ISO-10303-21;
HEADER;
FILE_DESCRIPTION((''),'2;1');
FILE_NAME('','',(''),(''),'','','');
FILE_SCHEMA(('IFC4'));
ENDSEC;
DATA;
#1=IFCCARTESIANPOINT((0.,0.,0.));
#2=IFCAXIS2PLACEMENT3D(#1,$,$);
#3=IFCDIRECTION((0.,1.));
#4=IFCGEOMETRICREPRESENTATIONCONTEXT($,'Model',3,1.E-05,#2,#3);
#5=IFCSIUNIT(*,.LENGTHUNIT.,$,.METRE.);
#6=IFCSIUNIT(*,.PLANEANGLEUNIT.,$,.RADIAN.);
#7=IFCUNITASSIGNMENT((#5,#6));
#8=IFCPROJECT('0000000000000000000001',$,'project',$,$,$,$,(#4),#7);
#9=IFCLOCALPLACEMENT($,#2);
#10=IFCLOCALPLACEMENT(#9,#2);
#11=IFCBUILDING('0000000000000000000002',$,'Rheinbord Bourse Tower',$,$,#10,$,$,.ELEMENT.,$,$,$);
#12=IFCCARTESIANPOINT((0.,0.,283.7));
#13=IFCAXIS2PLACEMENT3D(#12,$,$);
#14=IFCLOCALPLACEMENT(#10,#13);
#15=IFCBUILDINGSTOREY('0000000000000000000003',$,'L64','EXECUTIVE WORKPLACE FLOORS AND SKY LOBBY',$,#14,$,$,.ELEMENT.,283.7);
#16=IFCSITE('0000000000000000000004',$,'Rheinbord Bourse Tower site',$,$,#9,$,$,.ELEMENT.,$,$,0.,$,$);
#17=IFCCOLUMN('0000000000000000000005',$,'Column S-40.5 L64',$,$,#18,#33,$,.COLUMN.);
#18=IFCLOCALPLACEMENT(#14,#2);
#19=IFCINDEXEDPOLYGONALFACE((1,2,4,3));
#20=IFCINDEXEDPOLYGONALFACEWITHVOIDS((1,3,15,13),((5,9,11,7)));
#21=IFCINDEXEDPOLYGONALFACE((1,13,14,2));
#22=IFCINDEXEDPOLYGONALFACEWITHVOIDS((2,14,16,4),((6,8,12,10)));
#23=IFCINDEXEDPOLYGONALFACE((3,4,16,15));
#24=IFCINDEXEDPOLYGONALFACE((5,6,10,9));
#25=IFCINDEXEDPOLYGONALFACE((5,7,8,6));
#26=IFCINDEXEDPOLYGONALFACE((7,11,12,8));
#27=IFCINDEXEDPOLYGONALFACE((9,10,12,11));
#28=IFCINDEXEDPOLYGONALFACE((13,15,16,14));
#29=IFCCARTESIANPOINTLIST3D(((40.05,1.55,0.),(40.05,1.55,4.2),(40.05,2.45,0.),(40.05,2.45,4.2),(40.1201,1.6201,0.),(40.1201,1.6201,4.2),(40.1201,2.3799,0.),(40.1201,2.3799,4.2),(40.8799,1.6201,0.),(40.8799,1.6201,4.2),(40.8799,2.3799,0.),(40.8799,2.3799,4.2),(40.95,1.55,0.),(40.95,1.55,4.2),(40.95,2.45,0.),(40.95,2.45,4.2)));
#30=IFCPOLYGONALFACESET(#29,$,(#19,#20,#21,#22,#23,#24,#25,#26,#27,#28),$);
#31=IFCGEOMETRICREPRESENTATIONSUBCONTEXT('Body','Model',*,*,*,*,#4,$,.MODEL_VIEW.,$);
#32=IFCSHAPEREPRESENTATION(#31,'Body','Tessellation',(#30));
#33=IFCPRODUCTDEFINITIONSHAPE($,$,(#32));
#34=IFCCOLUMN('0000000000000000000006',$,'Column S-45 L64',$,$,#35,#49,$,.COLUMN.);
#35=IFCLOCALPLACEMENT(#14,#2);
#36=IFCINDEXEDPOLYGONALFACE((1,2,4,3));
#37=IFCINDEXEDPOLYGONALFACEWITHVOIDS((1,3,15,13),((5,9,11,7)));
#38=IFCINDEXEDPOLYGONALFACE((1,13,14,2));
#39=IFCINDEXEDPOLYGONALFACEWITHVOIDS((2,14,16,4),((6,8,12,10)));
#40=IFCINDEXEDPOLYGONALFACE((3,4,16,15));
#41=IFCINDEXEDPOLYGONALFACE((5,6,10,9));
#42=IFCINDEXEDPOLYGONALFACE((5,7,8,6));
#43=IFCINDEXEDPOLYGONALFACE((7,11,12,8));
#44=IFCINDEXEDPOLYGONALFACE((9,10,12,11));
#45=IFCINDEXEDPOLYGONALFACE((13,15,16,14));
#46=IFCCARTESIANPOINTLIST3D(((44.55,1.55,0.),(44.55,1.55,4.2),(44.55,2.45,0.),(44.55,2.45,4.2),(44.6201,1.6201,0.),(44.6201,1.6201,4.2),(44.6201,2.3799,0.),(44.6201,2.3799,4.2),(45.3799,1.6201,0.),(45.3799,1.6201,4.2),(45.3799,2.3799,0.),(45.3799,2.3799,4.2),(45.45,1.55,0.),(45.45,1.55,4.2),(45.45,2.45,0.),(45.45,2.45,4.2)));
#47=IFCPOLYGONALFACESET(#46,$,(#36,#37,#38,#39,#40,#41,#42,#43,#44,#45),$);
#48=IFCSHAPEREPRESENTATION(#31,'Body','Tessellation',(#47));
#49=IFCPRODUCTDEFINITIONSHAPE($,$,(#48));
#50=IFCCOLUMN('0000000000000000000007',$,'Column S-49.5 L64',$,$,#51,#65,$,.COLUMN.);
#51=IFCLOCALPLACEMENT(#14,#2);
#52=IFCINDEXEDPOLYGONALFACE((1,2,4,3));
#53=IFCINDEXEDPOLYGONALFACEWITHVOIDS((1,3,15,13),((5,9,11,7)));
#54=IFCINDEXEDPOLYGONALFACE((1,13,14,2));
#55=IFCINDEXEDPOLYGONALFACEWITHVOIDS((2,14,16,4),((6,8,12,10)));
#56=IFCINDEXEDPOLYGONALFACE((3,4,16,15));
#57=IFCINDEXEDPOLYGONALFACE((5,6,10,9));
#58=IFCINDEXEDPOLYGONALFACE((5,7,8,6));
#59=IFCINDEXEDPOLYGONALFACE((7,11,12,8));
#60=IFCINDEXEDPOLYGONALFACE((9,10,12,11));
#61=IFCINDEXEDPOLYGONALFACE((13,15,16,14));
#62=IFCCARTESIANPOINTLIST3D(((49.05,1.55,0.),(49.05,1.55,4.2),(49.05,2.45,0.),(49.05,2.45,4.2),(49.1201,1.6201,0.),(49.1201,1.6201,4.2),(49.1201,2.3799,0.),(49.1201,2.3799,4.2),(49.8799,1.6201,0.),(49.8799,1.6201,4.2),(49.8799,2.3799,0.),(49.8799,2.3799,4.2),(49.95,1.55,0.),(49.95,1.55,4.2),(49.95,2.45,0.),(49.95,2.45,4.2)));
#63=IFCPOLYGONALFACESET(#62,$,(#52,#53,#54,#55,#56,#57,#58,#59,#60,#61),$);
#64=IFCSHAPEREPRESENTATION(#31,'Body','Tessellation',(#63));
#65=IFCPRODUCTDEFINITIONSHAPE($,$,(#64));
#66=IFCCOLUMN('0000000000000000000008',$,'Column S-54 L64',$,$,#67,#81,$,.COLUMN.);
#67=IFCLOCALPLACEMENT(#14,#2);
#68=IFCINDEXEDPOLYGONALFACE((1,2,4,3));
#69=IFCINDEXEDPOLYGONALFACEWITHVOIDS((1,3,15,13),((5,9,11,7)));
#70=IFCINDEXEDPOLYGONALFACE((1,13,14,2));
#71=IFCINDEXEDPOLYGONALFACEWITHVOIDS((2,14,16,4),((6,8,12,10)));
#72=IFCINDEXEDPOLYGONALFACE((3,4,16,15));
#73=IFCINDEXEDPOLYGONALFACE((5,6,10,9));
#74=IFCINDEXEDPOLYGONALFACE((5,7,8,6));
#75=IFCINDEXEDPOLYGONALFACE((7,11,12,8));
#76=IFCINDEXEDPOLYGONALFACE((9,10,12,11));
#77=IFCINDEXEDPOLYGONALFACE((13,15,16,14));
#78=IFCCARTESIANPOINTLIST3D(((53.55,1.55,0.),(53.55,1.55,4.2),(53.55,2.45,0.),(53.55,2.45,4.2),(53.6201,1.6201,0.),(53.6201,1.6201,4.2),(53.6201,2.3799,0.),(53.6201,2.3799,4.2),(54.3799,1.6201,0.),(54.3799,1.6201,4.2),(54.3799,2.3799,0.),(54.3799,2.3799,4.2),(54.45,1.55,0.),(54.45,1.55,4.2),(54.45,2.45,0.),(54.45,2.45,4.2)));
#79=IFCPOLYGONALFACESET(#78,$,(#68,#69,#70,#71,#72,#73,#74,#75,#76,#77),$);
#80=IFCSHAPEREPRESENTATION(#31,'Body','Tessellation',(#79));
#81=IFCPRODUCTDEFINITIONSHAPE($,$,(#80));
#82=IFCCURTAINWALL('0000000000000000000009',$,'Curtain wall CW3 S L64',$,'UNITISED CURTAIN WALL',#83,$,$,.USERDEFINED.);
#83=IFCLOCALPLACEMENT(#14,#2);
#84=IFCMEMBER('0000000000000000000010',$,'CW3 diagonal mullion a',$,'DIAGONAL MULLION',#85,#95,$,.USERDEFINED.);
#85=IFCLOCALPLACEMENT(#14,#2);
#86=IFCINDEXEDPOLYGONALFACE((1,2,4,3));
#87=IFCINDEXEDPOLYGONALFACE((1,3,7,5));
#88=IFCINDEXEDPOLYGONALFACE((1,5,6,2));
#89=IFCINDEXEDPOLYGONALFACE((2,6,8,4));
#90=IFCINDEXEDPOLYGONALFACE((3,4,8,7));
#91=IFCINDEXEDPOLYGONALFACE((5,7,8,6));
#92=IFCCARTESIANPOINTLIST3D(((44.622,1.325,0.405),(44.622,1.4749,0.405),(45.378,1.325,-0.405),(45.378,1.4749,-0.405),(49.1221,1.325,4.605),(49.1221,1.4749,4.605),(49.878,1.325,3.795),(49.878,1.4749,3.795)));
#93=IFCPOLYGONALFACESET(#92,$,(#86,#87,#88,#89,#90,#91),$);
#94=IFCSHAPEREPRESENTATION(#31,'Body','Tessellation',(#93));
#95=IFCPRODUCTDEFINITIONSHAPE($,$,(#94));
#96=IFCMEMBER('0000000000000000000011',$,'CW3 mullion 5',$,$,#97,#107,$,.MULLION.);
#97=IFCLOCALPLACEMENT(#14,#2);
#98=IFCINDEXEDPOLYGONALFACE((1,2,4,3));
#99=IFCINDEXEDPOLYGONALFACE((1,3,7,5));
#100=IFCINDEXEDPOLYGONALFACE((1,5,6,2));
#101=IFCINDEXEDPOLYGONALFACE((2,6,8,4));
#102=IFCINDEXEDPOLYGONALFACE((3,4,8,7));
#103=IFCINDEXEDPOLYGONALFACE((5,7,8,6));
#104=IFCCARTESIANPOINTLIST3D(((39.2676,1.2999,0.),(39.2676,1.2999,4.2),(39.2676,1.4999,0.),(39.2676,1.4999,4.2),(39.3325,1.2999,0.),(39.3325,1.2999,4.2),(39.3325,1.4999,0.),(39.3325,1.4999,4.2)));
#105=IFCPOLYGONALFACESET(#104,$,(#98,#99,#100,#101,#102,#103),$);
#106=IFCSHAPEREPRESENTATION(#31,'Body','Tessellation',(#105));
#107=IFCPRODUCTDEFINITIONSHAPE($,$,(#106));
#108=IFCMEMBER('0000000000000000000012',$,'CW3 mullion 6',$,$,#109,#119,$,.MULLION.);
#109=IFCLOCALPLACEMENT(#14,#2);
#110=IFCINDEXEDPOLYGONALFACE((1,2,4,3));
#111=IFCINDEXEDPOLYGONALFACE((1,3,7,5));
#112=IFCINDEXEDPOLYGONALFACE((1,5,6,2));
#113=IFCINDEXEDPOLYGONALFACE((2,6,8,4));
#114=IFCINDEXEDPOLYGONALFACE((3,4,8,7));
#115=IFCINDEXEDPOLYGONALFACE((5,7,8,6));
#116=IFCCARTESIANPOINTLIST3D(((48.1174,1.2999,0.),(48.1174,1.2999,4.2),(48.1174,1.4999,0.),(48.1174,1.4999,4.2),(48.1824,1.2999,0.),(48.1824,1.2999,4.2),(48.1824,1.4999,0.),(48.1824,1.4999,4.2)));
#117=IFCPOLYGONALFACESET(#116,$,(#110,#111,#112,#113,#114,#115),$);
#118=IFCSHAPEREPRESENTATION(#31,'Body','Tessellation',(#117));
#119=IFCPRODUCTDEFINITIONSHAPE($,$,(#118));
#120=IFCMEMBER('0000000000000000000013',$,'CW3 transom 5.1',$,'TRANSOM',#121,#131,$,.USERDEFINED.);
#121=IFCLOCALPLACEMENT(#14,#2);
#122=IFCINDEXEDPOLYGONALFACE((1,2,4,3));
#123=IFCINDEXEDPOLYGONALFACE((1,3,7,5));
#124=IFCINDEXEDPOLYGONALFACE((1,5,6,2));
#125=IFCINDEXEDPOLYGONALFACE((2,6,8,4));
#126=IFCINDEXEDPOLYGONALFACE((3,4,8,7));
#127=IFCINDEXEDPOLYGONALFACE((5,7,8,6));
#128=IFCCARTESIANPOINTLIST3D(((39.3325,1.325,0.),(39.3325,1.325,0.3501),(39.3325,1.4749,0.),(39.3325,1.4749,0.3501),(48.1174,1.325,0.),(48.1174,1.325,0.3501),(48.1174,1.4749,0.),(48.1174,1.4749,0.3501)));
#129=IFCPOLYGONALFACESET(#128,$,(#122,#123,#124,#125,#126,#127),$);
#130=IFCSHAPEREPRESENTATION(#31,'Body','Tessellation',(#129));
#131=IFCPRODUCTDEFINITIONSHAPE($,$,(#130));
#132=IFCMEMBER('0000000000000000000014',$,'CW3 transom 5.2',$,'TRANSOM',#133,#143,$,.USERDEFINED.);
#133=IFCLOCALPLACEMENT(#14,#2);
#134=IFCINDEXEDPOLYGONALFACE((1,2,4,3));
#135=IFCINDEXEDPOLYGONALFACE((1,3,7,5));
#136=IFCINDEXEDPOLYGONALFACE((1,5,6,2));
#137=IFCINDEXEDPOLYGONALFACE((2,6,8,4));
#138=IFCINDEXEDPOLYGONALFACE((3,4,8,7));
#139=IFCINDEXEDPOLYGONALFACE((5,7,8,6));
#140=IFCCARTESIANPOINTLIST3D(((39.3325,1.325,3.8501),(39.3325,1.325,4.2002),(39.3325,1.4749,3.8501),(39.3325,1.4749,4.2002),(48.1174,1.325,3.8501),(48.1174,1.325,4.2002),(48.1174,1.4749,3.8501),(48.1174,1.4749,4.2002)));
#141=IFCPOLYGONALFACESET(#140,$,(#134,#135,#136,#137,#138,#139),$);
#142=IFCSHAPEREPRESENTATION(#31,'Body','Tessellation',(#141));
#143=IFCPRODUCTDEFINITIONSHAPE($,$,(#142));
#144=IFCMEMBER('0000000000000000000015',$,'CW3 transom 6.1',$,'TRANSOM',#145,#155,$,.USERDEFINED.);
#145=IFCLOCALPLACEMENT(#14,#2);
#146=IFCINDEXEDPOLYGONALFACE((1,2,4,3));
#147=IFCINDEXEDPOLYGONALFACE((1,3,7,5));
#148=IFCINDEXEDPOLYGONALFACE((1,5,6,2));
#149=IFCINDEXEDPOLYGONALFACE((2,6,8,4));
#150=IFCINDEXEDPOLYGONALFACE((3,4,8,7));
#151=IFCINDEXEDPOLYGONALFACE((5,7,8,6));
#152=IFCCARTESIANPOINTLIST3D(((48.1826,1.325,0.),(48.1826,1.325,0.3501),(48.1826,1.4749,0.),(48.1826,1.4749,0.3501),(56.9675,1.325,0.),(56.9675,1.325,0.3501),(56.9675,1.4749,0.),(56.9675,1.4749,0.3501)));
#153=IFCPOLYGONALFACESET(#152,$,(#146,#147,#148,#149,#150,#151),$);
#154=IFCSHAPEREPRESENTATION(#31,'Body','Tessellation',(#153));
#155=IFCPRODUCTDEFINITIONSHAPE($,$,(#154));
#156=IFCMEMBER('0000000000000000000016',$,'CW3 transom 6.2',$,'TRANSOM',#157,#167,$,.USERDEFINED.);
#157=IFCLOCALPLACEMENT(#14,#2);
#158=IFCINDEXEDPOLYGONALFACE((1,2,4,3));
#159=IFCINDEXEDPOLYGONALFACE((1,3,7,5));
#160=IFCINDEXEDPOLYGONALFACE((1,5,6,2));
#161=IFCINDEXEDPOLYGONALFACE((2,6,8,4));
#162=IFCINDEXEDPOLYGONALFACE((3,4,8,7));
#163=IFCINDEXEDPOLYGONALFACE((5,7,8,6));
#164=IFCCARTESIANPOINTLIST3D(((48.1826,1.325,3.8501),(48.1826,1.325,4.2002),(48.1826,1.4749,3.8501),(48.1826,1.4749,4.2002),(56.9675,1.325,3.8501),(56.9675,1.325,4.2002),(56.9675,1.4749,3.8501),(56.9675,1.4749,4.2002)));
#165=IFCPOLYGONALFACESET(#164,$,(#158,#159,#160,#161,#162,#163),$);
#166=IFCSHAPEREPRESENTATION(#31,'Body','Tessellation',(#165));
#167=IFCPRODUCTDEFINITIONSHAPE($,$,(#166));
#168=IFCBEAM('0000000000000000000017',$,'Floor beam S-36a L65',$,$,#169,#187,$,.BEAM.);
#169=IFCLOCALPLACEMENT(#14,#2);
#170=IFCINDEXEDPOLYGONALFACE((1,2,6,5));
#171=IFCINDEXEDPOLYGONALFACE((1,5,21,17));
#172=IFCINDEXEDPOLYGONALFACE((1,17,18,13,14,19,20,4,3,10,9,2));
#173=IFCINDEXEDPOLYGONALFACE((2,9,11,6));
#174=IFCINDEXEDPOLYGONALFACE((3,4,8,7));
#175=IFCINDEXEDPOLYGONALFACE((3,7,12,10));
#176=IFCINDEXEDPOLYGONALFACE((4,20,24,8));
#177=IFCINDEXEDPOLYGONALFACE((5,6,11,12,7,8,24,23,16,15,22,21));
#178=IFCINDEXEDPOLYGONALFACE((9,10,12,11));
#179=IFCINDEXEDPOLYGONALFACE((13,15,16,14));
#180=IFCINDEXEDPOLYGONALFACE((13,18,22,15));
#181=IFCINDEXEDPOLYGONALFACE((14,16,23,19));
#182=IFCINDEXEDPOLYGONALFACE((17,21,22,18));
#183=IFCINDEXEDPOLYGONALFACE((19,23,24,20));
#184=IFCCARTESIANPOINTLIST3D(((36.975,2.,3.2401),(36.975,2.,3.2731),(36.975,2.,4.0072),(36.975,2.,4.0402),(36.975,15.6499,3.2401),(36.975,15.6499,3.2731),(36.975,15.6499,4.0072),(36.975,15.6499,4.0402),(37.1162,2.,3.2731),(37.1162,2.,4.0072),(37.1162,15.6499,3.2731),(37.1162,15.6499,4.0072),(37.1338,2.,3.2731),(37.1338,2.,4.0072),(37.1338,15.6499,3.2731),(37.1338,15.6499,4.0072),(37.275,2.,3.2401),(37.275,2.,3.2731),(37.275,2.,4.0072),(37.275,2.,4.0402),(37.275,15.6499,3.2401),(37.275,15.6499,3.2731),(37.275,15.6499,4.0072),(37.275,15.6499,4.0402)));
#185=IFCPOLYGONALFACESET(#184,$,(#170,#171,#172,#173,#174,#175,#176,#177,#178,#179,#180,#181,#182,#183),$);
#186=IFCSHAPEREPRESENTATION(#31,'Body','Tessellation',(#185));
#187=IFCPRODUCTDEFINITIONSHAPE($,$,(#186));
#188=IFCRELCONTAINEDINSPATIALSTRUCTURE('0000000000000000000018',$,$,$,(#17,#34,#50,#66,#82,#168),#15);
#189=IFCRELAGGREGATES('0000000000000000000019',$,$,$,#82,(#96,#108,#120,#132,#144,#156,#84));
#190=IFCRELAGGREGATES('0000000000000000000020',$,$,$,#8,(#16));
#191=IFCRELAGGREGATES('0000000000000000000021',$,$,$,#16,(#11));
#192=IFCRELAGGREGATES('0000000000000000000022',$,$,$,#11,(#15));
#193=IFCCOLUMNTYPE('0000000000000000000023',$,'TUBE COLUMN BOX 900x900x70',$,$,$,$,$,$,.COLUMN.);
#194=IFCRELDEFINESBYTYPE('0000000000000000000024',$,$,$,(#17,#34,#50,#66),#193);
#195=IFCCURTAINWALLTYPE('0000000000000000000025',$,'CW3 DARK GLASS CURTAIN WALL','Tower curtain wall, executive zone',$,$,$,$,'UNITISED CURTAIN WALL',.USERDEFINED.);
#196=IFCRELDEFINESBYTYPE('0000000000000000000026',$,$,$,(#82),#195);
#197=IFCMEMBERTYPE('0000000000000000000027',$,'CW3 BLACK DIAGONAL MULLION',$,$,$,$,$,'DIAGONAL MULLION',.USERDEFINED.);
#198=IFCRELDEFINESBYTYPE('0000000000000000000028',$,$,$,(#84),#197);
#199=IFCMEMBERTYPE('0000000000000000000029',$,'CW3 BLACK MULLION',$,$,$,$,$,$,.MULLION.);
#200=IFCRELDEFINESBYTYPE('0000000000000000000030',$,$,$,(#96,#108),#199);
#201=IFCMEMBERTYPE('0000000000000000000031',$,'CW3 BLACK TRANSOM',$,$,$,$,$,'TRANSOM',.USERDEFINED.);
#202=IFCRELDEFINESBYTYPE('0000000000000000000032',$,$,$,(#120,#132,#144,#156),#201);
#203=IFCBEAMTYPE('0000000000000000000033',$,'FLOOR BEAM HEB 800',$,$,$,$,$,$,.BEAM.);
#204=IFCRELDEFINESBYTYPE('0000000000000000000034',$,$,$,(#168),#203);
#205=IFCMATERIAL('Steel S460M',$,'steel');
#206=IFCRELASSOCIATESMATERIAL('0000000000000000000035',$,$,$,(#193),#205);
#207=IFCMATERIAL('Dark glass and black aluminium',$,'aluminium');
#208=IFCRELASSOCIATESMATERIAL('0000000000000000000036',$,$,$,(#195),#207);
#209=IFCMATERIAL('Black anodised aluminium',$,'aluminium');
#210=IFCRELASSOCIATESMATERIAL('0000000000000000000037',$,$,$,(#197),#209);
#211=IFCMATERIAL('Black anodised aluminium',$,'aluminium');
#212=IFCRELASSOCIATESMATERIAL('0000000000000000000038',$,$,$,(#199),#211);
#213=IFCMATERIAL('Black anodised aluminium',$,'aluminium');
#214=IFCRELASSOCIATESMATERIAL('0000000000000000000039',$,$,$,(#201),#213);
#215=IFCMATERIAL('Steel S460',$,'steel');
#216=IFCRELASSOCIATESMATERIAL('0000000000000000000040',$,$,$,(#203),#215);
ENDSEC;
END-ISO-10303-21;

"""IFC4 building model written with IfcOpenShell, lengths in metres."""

from ifc_helpers import new_model, si_unit, direction, frame, origin, origin_2d, place, context, subcontext, project, spatial, rectangle, hollow_rectangle, i_section, extrude, material, material_profile, profile_set, type_object, element, aggregate, save


model = new_model("IFC4")

# Units and contexts
model_context = context("Model", 3, precision=1e-05, world=origin(), true_north=direction((0.0, 1.0)))
body_context = subcontext(model_context, "Body", "Model", "MODEL_VIEW")
ifc_project = project(units=[si_unit("LENGTHUNIT", "METRE"), si_unit("PLANEANGLEUNIT", "RADIAN")], contexts=[model_context])

# Site, building, storey
site_placement = place(None, origin())
site = spatial("IfcSite", under=ifc_project, at=site_placement, Name="Rheinbord Bourse Tower site", CompositionType="ELEMENT", RefElevation=0.0)
building_placement = place(site_placement, origin())
building = spatial("IfcBuilding", under=site, at=building_placement, Name="Rheinbord Bourse Tower", CompositionType="ELEMENT")
storey_placement = place(building_placement, frame((0.0, 0.0, 283.7)))
storey = spatial("IfcBuildingStorey", under=building, at=storey_placement, Name="L64", Description="EXECUTIVE WORKPLACE FLOORS AND SKY LOBBY", CompositionType="ELEMENT", Elevation=283.7)

# Columns
ifc_material_1 = material(Name="Steel S460M", Category="steel")
ifc_material_profile_1 = material_profile(ifc_material_1, hollow_rectangle(XDim=0.8999, YDim=0.8999, WallThickness=0.0701, at=origin_2d()), Name="BOX 900x900x70")
ifc_profile_set_1 = profile_set([ifc_material_profile_1], Name="Steel S460M")
column_type = type_object("IfcColumnType", Name="TUBE COLUMN BOX 900x900x70", PredefinedType="COLUMN", material=ifc_profile_set_1)
for number, where, z_axis, x_axis, name in (
    (1, (40.5, 2.0, 0.0), (0.0, 0.0, 1.0), (0.0, 1.0, 0.0), "Column S-40.5 L64"),
    (2, (45.0, 2.0, 0.0), (0.0, 0.0, 1.0), (0.0, 1.0, 0.0), "Column S-45 L64"),
    (3, (49.5, 2.0, 0.0), (0.0, 0.0, 1.0), (0.0, 1.0, 0.0), "Column S-49.5 L64"),
    (4, (54.0, 2.0, 0.0), (0.0, 0.0, 1.0), (0.0, 1.0, 0.0), "Column S-54 L64"),
):
    element("IfcColumn", number, at=place(storey_placement, frame(where, z_axis=z_axis, x_axis=x_axis)), inside=storey, type_object=column_type, Name=name, PredefinedType="COLUMN", context=body_context, shape_type="SweptSolid", body=[
        extrude(hollow_rectangle(XDim=0.8999, YDim=0.8999, WallThickness=0.0701, at=origin_2d()), origin(), (0.0, 0.0, 1.0), 4.2),
    ])

# Curtain wall, members
ifc_material_2 = material(Name="Dark glass and black aluminium", Category="aluminium")
curtain_wall_type = type_object("IfcCurtainWallType", Name="CW3 DARK GLASS CURTAIN WALL", Description="Tower curtain wall, executive zone", ElementType="UNITISED CURTAIN WALL", PredefinedType="USERDEFINED", material=ifc_material_2)
curtain_wall_placement = place(storey_placement, origin())
curtain_wall = element("IfcCurtainWall", 5, at=curtain_wall_placement, inside=storey, type_object=curtain_wall_type, Name="Curtain wall CW3 S L64", ObjectType="UNITISED CURTAIN WALL", PredefinedType="USERDEFINED")
ifc_material_3 = material(Name="Black anodised aluminium", Category="aluminium")
ifc_material_profile_2 = material_profile(ifc_material_3, rectangle(XDim=0.1499, YDim=1.1079, at=origin_2d()), Name="CW3 DIAGONAL MULLION 1108x150")
ifc_profile_set_2 = profile_set([ifc_material_profile_2], Name="Black anodised aluminium")
member_type_1 = type_object("IfcMemberType", Name="CW3 BLACK DIAGONAL MULLION", ElementType="DIAGONAL MULLION", PredefinedType="USERDEFINED", material=ifc_profile_set_2)
member_1_placement = place(storey_placement, frame((45.0, 1.3999, 0.0), z_axis=(0.731059, 0.0, 0.682314), x_axis=(0.0, 1.0, 0.0)))
member_1 = element("IfcMember", 6, at=member_1_placement, type_object=member_type_1, Name="CW3 diagonal mullion a", ObjectType="DIAGONAL MULLION", PredefinedType="USERDEFINED", context=body_context, shape_type="SweptSolid", body=[
    extrude(rectangle(XDim=0.1499, YDim=1.1079, at=origin_2d()), origin(), (0.0, 0.0, 1.0), 6.1555),
])
ifc_material_4 = material(Name="Black anodised aluminium", Category="aluminium")
ifc_material_profile_3 = material_profile(ifc_material_4, rectangle(XDim=0.2, YDim=0.0649, at=origin_2d()), Name="CW3 MULLION 65x200")
ifc_profile_set_3 = profile_set([ifc_material_profile_3], Name="Black anodised aluminium")
member_type_2 = type_object("IfcMemberType", Name="CW3 BLACK MULLION", PredefinedType="MULLION", material=ifc_profile_set_3)
member_2_placement = place(storey_placement, frame((39.3, 1.3999, 0.0), z_axis=(0.0, 0.0, 1.0), x_axis=(0.0, 1.0, 0.0)))
member_2 = element("IfcMember", 7, at=member_2_placement, type_object=member_type_2, Name="CW3 mullion 5", PredefinedType="MULLION", context=body_context, shape_type="SweptSolid", body=[
    extrude(rectangle(XDim=0.2, YDim=0.0649, at=origin_2d()), origin(), (0.0, 0.0, 1.0), 4.2),
])
member_3_placement = place(storey_placement, frame((48.1499, 1.3999, 0.0), z_axis=(0.0, 0.0, 1.0), x_axis=(0.0, 1.0, 0.0)))
member_3 = element("IfcMember", 8, at=member_3_placement, type_object=member_type_2, Name="CW3 mullion 6", PredefinedType="MULLION", context=body_context, shape_type="SweptSolid", body=[
    extrude(rectangle(XDim=0.2, YDim=0.0649, at=origin_2d()), origin(), (0.0, 0.0, 1.0), 4.2),
])
ifc_material_5 = material(Name="Black anodised aluminium", Category="aluminium")
ifc_material_profile_4 = material_profile(ifc_material_5, rectangle(XDim=0.1499, YDim=0.3501, at=origin_2d()), Name="CW3 TRANSOM 350x150")
ifc_profile_set_4 = profile_set([ifc_material_profile_4], Name="Black anodised aluminium")
member_type_3 = type_object("IfcMemberType", Name="CW3 BLACK TRANSOM", ElementType="TRANSOM", PredefinedType="USERDEFINED", material=ifc_profile_set_4)
member_4_placement = place(storey_placement, frame((39.3325, 1.3999, 0.175), z_axis=(1.0, 0.0, 0.0), x_axis=(0.0, 1.0, 0.0)))
member_4 = element("IfcMember", 9, at=member_4_placement, type_object=member_type_3, Name="CW3 transom 5.1", ObjectType="TRANSOM", PredefinedType="USERDEFINED", context=body_context, shape_type="SweptSolid", body=[
    extrude(rectangle(XDim=0.1499, YDim=0.3501, at=origin_2d()), origin(), (0.0, 0.0, 1.0), 8.7849),
])
member_5_placement = place(storey_placement, frame((39.3325, 1.3999, 4.0251), z_axis=(1.0, 0.0, 0.0), x_axis=(0.0, 1.0, 0.0)))
member_5 = element("IfcMember", 10, at=member_5_placement, type_object=member_type_3, Name="CW3 transom 5.2", ObjectType="TRANSOM", PredefinedType="USERDEFINED", context=body_context, shape_type="SweptSolid", body=[
    extrude(rectangle(XDim=0.1499, YDim=0.3501, at=origin_2d()), origin(), (0.0, 0.0, 1.0), 8.7849),
])
member_6_placement = place(storey_placement, frame((48.1826, 1.3999, 0.175), z_axis=(1.0, 0.0, 0.0), x_axis=(0.0, 1.0, 0.0)))
member_6 = element("IfcMember", 11, at=member_6_placement, type_object=member_type_3, Name="CW3 transom 6.1", ObjectType="TRANSOM", PredefinedType="USERDEFINED", context=body_context, shape_type="SweptSolid", body=[
    extrude(rectangle(XDim=0.1499, YDim=0.3501, at=origin_2d()), origin(), (0.0, 0.0, 1.0), 8.7849),
])
member_7_placement = place(storey_placement, frame((48.1826, 1.3999, 4.0251), z_axis=(1.0, 0.0, 0.0), x_axis=(0.0, 1.0, 0.0)))
member_7 = element("IfcMember", 12, at=member_7_placement, type_object=member_type_3, Name="CW3 transom 6.2", ObjectType="TRANSOM", PredefinedType="USERDEFINED", context=body_context, shape_type="SweptSolid", body=[
    extrude(rectangle(XDim=0.1499, YDim=0.3501, at=origin_2d()), origin(), (0.0, 0.0, 1.0), 8.7849),
])

# Beam
ifc_material_6 = material(Name="Steel S460", Category="steel")
ifc_material_profile_5 = material_profile(ifc_material_6, i_section(OverallWidth=0.3, OverallDepth=0.8, WebThickness=0.0176, FlangeThickness=0.033, at=origin_2d()), Name="HEB 800")
ifc_profile_set_5 = profile_set([ifc_material_profile_5], Name="Steel S460")
beam_type_1 = type_object("IfcBeamType", Name="FLOOR BEAM HEB 800", PredefinedType="BEAM", material=ifc_profile_set_5)
for number, where, z_axis, x_axis, name in (
    (13, (37.125, 2.0, 3.6401), (0.0, 1.0, 0.0), (-1.0, 0.0, 0.0), "Floor beam S-36a L65"),
):
    element("IfcBeam", number, at=place(storey_placement, frame(where, z_axis=z_axis, x_axis=x_axis)), inside=storey, type_object=beam_type_1, Name=name, PredefinedType="BEAM", context=body_context, shape_type="SweptSolid", body=[
        extrude(i_section(OverallWidth=0.3, OverallDepth=0.8, WebThickness=0.0176, FlangeThickness=0.033, at=origin_2d()), origin(), (0.0, 0.0, 1.0), 13.6499),
    ])

aggregate(curtain_wall, [member_2, member_3, member_4, member_5, member_6, member_7, member_1])

save(model, "model.ifc")
